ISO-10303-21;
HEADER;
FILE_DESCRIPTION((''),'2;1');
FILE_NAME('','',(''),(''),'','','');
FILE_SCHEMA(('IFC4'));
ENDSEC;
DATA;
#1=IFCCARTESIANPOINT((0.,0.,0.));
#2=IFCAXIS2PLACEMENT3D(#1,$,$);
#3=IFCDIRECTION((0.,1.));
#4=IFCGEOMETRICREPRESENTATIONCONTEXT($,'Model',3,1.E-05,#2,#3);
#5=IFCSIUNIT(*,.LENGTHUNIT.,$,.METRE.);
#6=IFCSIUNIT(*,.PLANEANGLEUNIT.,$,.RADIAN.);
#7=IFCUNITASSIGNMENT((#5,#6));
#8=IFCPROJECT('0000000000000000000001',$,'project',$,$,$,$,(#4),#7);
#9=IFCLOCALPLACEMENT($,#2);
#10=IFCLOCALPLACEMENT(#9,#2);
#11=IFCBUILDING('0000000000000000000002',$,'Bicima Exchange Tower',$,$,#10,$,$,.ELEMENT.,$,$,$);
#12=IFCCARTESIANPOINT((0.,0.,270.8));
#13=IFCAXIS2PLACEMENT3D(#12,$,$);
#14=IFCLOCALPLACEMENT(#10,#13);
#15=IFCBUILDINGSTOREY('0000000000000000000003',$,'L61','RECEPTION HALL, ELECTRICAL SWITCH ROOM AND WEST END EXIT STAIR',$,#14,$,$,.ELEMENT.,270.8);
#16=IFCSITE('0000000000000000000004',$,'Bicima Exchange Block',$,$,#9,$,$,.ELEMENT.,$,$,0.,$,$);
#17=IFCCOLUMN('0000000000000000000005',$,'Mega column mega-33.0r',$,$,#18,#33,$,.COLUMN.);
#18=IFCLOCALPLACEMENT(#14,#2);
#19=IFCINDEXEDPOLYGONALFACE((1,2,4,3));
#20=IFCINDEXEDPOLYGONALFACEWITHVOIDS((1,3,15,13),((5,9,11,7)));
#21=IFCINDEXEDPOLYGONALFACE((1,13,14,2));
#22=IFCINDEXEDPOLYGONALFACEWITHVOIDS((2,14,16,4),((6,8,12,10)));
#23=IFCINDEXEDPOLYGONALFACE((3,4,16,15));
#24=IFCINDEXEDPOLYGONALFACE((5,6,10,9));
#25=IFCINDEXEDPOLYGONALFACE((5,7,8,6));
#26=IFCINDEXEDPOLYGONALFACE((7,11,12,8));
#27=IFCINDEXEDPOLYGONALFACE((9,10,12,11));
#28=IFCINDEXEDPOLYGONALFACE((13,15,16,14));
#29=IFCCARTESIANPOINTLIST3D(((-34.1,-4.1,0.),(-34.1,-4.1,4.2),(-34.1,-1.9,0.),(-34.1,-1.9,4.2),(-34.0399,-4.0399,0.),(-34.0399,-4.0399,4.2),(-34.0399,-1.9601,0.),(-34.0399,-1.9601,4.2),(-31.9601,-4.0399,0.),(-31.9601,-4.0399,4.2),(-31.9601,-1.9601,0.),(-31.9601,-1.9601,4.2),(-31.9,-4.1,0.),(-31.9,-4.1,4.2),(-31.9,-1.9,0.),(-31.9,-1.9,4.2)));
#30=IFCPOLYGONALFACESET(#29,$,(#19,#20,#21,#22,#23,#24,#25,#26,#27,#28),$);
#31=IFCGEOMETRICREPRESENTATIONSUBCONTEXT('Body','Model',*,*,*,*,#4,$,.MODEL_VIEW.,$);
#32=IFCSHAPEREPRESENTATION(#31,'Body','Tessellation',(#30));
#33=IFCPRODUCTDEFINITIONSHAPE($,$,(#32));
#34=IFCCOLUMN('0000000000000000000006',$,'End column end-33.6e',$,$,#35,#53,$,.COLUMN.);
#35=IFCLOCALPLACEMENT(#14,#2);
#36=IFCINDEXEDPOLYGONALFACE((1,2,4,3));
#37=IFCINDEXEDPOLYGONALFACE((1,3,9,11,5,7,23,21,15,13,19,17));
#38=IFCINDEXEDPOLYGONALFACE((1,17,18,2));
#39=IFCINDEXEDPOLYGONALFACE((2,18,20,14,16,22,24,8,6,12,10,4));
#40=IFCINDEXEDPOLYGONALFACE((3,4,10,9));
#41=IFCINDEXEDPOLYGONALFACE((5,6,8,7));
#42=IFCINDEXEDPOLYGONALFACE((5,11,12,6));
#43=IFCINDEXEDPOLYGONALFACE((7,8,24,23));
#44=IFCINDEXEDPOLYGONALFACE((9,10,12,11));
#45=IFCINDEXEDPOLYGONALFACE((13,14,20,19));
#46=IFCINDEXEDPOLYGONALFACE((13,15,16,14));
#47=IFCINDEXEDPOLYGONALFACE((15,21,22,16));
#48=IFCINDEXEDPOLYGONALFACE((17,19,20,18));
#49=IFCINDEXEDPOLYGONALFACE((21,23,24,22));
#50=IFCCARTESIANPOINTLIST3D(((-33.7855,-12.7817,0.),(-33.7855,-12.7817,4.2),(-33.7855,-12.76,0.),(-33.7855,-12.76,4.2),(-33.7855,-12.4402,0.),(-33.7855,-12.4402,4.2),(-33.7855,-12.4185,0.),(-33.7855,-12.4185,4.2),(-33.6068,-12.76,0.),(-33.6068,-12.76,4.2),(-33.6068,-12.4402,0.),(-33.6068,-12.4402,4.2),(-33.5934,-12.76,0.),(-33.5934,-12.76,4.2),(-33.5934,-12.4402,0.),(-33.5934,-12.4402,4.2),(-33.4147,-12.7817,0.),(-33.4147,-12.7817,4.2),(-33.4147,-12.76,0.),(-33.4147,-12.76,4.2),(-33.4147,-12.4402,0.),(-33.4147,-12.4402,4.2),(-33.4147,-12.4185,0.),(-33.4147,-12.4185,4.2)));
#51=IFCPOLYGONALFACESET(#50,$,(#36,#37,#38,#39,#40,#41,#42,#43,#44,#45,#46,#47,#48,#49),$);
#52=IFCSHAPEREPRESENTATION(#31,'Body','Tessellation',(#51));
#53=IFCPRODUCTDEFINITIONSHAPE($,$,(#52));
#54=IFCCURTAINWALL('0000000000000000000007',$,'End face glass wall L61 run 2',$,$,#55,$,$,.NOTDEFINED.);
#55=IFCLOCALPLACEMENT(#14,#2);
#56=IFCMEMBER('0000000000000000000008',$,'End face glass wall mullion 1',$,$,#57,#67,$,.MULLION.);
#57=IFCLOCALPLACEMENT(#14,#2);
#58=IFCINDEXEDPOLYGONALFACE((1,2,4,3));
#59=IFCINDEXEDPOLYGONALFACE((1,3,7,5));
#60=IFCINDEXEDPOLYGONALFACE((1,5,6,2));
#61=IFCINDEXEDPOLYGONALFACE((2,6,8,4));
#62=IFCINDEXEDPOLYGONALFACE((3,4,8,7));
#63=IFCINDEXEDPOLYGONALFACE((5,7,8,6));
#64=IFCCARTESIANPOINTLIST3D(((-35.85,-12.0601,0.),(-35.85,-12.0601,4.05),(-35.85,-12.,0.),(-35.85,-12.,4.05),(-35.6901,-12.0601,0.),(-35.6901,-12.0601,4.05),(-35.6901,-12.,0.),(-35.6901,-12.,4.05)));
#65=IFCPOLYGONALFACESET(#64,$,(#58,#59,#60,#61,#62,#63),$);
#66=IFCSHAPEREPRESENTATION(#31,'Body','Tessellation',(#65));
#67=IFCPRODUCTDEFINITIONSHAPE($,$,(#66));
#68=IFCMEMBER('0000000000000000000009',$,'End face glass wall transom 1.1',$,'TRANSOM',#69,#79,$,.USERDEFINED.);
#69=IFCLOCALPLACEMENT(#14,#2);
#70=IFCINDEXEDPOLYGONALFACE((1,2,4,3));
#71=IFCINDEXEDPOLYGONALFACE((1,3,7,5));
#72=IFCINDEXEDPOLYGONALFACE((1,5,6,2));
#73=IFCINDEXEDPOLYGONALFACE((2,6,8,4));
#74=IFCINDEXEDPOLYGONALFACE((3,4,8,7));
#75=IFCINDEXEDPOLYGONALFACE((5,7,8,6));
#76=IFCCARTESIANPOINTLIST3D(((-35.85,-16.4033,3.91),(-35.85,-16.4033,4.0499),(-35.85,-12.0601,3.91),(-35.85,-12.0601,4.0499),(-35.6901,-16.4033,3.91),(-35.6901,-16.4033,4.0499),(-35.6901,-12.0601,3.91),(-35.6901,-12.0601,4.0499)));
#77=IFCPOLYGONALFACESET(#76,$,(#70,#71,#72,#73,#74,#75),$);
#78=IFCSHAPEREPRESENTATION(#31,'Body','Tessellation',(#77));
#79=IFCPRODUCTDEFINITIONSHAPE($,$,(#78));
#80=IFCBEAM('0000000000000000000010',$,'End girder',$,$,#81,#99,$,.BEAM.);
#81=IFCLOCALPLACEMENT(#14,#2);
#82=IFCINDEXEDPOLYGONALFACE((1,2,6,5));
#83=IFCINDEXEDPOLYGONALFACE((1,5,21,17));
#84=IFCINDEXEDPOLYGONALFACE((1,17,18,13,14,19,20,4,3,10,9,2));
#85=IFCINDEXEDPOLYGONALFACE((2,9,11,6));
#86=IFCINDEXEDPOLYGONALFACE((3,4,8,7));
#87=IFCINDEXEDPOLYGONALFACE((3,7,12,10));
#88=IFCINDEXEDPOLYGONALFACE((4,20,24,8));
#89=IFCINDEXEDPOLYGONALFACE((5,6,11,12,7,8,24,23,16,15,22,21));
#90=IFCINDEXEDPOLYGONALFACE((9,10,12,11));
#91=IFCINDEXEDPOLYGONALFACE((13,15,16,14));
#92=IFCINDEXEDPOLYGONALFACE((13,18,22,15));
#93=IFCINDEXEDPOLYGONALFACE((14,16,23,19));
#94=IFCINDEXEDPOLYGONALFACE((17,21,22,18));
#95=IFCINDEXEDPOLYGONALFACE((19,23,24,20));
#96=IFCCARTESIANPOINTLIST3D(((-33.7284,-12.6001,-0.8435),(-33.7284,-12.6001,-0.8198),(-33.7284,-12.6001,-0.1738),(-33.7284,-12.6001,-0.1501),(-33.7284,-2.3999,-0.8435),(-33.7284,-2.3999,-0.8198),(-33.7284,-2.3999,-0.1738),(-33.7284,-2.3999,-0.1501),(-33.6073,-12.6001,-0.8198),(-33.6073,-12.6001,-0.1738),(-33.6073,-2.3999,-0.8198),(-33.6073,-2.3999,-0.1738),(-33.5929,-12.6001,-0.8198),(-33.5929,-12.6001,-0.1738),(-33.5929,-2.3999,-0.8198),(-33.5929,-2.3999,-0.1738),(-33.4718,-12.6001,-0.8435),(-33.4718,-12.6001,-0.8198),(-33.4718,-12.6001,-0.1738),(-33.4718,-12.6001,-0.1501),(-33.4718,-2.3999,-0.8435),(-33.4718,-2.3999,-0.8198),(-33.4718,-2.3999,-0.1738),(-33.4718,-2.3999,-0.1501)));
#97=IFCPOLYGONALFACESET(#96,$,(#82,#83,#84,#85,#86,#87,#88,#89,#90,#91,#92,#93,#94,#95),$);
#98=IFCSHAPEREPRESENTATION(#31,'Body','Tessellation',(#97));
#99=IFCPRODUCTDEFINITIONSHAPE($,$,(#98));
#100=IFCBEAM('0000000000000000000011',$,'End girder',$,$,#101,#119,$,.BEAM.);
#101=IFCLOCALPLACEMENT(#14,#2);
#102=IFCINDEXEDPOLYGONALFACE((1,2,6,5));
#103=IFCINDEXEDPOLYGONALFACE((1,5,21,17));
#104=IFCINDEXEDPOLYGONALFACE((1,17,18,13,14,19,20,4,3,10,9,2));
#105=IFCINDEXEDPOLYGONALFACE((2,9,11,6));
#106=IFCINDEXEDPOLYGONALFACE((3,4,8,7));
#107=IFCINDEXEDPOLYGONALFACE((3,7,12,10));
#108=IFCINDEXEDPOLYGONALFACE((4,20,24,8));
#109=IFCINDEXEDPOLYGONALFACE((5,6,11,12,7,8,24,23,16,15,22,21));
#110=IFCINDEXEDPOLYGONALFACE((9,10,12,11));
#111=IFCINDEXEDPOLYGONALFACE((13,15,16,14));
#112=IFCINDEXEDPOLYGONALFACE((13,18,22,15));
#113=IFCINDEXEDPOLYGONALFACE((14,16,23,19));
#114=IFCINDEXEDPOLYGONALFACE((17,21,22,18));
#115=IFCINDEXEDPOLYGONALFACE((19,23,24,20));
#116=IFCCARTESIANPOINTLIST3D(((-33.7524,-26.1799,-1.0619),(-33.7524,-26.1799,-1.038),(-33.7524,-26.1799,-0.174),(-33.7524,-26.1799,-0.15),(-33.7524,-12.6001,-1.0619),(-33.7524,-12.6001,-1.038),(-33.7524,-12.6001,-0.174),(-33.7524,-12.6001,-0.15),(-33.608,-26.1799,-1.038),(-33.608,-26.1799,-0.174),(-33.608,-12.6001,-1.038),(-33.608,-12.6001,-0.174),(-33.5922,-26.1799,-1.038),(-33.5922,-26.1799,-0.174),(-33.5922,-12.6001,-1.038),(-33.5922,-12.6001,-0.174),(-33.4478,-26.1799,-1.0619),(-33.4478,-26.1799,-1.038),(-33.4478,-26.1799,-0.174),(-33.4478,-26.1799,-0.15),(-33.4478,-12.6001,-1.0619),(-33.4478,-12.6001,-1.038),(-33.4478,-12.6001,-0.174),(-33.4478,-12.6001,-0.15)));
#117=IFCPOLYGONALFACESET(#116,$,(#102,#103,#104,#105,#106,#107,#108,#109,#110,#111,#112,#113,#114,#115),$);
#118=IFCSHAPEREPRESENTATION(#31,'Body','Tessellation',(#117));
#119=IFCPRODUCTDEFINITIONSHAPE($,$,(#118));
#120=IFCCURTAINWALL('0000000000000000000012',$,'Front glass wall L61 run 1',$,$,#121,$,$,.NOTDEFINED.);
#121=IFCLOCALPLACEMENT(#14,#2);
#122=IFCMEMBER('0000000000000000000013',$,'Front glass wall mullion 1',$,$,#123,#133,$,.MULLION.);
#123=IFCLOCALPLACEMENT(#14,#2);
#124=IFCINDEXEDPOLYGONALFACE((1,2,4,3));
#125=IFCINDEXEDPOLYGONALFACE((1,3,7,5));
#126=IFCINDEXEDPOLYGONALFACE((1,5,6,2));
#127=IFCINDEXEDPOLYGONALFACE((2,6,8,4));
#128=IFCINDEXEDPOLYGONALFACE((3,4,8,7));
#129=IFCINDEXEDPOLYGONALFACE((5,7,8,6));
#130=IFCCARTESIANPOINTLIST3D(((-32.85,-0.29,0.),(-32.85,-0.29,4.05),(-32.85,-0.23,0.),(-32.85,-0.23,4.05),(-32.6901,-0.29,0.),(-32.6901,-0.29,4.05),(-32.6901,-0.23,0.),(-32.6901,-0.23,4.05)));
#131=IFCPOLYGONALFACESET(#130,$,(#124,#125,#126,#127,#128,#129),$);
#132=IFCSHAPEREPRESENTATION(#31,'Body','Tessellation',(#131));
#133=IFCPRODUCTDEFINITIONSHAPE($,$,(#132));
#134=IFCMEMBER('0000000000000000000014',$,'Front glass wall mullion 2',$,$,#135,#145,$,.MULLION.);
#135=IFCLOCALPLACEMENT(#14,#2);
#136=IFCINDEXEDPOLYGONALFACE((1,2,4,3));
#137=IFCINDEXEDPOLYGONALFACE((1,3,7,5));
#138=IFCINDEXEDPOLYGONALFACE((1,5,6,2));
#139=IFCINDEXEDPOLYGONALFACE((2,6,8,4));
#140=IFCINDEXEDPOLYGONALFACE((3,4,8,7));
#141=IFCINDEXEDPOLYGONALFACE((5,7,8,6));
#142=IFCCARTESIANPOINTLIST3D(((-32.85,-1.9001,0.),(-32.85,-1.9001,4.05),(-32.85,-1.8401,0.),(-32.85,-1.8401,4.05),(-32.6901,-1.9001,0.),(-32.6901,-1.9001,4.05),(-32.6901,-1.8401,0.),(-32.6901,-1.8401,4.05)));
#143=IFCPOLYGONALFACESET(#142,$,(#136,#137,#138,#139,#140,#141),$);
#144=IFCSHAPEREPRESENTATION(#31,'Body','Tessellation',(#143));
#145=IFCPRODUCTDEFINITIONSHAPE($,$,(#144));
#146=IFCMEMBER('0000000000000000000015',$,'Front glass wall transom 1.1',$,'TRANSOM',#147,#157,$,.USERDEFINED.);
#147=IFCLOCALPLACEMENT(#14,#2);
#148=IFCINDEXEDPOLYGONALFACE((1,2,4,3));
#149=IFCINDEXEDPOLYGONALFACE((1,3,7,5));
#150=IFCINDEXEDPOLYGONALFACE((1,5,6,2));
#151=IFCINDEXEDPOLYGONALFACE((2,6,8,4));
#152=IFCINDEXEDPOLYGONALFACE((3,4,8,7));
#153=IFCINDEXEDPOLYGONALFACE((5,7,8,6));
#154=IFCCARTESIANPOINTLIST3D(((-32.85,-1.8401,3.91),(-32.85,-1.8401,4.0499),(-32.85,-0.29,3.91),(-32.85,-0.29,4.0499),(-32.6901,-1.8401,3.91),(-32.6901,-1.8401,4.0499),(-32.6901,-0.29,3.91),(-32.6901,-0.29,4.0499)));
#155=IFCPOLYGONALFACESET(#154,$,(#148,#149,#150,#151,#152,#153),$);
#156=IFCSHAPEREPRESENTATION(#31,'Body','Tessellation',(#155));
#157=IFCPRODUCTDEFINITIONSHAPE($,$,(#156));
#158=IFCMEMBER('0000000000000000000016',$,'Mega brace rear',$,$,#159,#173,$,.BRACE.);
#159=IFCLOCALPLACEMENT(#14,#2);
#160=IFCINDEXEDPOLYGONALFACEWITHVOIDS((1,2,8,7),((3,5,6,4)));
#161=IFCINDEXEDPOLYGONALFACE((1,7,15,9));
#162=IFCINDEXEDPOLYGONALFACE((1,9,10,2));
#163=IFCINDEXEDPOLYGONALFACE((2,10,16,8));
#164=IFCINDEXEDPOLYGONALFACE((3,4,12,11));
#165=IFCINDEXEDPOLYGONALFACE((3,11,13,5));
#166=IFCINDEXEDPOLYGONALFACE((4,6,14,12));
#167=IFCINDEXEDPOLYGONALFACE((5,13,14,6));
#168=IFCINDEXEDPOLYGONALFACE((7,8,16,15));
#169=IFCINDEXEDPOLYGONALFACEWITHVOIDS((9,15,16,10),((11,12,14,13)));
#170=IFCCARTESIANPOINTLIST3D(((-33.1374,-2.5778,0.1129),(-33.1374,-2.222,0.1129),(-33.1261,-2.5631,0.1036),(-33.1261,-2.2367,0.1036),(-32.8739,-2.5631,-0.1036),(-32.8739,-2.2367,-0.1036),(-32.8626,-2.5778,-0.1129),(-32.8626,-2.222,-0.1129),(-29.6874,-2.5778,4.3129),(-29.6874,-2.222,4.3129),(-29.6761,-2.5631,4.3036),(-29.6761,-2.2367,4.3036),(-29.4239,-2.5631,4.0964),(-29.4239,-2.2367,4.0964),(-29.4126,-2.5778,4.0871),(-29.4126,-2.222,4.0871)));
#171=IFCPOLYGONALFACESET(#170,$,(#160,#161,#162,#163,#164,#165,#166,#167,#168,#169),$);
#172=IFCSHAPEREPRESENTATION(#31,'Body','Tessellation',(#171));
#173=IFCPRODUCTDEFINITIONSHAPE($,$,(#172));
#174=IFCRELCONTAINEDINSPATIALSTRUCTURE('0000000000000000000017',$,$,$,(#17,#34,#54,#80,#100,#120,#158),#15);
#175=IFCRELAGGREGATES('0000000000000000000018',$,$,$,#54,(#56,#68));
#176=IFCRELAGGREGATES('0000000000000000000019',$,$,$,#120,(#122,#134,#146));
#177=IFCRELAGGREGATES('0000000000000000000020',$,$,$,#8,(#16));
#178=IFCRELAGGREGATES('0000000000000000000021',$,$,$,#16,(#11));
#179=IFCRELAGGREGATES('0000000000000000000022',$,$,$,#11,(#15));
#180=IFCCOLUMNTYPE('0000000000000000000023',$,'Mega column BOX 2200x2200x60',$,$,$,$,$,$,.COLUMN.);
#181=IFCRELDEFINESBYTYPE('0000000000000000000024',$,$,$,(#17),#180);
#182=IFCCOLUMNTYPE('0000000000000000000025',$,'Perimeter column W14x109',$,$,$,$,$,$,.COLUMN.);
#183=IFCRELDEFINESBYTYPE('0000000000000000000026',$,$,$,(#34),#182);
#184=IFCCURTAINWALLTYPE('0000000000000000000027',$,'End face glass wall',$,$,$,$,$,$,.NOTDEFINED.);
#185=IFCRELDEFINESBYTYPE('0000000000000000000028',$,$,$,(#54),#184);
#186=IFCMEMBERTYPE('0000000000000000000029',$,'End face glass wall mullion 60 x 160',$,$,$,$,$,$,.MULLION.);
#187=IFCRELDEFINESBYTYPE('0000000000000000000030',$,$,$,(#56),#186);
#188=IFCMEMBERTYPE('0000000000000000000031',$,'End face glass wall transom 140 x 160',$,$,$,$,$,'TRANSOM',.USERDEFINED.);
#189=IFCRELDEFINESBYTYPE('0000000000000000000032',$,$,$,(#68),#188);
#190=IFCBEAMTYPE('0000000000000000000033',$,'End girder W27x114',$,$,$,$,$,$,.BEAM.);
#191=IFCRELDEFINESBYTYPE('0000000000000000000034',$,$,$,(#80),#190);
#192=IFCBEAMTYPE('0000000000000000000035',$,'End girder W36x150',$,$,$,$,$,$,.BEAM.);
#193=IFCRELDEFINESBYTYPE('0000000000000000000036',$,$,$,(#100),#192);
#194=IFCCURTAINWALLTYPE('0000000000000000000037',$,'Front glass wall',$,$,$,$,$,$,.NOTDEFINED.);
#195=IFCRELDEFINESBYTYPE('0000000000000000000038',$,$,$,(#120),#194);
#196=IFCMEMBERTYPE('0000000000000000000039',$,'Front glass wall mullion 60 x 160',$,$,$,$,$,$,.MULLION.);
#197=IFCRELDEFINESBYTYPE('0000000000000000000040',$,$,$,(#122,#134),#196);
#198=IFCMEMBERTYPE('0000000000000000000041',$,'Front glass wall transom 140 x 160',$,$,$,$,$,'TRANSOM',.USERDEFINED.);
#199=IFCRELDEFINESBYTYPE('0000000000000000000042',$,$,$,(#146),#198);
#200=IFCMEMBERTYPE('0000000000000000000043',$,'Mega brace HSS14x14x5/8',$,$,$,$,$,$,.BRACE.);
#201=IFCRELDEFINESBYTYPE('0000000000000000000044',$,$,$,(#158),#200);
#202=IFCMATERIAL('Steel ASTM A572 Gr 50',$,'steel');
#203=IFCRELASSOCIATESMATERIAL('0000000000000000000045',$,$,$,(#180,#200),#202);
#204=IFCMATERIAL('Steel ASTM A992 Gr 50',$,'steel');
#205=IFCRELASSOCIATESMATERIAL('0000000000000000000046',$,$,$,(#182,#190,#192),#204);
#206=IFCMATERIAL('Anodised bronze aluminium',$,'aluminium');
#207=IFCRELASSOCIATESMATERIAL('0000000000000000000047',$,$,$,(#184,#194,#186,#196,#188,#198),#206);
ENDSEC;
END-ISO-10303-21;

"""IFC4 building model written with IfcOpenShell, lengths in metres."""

from ifc_helpers import new_model, si_unit, direction, frame, origin, origin_2d, place, context, subcontext, project, spatial, rectangle, hollow_rectangle, i_section, extrude, material, material_profile, profile_set, type_object, element, aggregate, save


model = new_model("IFC4")

# Units and contexts
model_context = context("Model", 3, precision=1e-05, world=origin(), true_north=direction((0.0, 1.0)))
body_context = subcontext(model_context, "Body", "Model", "MODEL_VIEW")
ifc_project = project(units=[si_unit("LENGTHUNIT", "METRE"), si_unit("PLANEANGLEUNIT", "RADIAN")], contexts=[model_context])

# Site, building, storey
site_placement = place(None, origin())
site = spatial("IfcSite", under=ifc_project, at=site_placement, Name="Bicima Exchange Block", CompositionType="ELEMENT", RefElevation=0.0)
building_placement = place(site_placement, origin())
building = spatial("IfcBuilding", under=site, at=building_placement, Name="Bicima Exchange Tower", CompositionType="ELEMENT")
storey_placement = place(building_placement, frame((0.0, 0.0, 270.8)))
storey = spatial("IfcBuildingStorey", under=building, at=storey_placement, Name="L61", Description="RECEPTION HALL, ELECTRICAL SWITCH ROOM AND WEST END EXIT STAIR", CompositionType="ELEMENT", Elevation=270.8)

# Columns
ifc_material_1 = material(Name="Steel ASTM A572 Gr 50", Category="steel")
ifc_material_profile_1 = material_profile(ifc_material_1, hollow_rectangle(XDim=2.2, YDim=2.2, WallThickness=0.0601, at=origin_2d()))
ifc_profile_set_1 = profile_set([ifc_material_profile_1], Name="Steel ASTM A572 Gr 50")
column_type_1 = type_object("IfcColumnType", Name="Mega column BOX 2200x2200x60", PredefinedType="COLUMN", material=ifc_profile_set_1)
column_1_placement = place(storey_placement, frame((-33.0, -3.0, 0.0), z_axis=(0.0, 0.0, 1.0), x_axis=(1.0, 0.0, 0.0)))
element("IfcColumn", 1, at=column_1_placement, inside=storey, type_object=column_type_1, Name="Mega column mega-33.0r", PredefinedType="COLUMN", context=body_context, shape_type="SweptSolid", body=[
    extrude(hollow_rectangle(XDim=2.2, YDim=2.2, WallThickness=0.0601, at=origin_2d()), origin(), (0.0, 0.0, 1.0), 4.2),
])
ifc_material_2 = material(Name="Steel ASTM A992 Gr 50", Category="steel")
ifc_material_profile_2 = material_profile(ifc_material_2, i_section(OverallWidth=0.3708, OverallDepth=0.3633, WebThickness=0.0134, FlangeThickness=0.0217, at=origin_2d()))
ifc_profile_set_2 = profile_set([ifc_material_profile_2], Name="Steel ASTM A992 Gr 50")
column_type_2 = type_object("IfcColumnType", Name="Perimeter column W14x109", PredefinedType="COLUMN", material=ifc_profile_set_2)
column_2_placement = place(storey_placement, frame((-33.6001, -12.6001, 0.0), z_axis=(0.0, 0.0, 1.0), x_axis=(1.0, 0.0, 0.0)))
element("IfcColumn", 2, at=column_2_placement, inside=storey, type_object=column_type_2, Name="End column end-33.6e", PredefinedType="COLUMN", context=body_context, shape_type="SweptSolid", body=[
    extrude(i_section(OverallWidth=0.3708, OverallDepth=0.3633, WebThickness=0.0134, FlangeThickness=0.0217, at=origin_2d()), origin(), (0.0, 0.0, 1.0), 4.2),
])

# Curtain wall, members
ifc_material_3 = material(Name="Anodised bronze aluminium", Category="aluminium")
curtain_wall_type_1 = type_object("IfcCurtainWallType", Name="End face glass wall", PredefinedType="NOTDEFINED", material=ifc_material_3)
curtain_wall_1_placement = place(storey_placement, origin())
curtain_wall_1 = element("IfcCurtainWall", 3, at=curtain_wall_1_placement, inside=storey, type_object=curtain_wall_type_1, Name="End face glass wall L61 run 2", PredefinedType="NOTDEFINED")
ifc_material_profile_3 = material_profile(ifc_material_3, rectangle(XDim=0.1599, YDim=0.0601, at=origin_2d()))
ifc_profile_set_3 = profile_set([ifc_material_profile_3], Name="Anodised bronze aluminium")
member_type_1 = type_object("IfcMemberType", Name="End face glass wall mullion 60 x 160", PredefinedType="MULLION", material=ifc_profile_set_3)
member_1_placement = place(storey_placement, frame((-35.77, -12.03, 0.0), z_axis=(0.0, 0.0, 1.0), x_axis=(1.0, 0.0, 0.0)))
member_1 = element("IfcMember", 4, at=member_1_placement, type_object=member_type_1, Name="End face glass wall mullion 1", PredefinedType="MULLION", context=body_context, shape_type="SweptSolid", body=[
    extrude(rectangle(XDim=0.1599, YDim=0.0601, at=origin_2d()), origin(), (0.0, 0.0, 1.0), 4.05),
])
ifc_material_profile_4 = material_profile(ifc_material_3, rectangle(XDim=0.1599, YDim=0.1399, at=origin_2d()))
ifc_profile_set_4 = profile_set([ifc_material_profile_4], Name="Anodised bronze aluminium")
member_type_2 = type_object("IfcMemberType", Name="End face glass wall transom 140 x 160", ElementType="TRANSOM", PredefinedType="USERDEFINED", material=ifc_profile_set_4)
member_2_placement = place(storey_placement, frame((-35.77, -12.0601, 3.98), z_axis=(0.0, -1.0, 0.0), x_axis=(1.0, 0.0, 0.0)))
member_2 = element("IfcMember", 5, at=member_2_placement, type_object=member_type_2, Name="End face glass wall transom 1.1", ObjectType="TRANSOM", PredefinedType="USERDEFINED", context=body_context, shape_type="SweptSolid", body=[
    extrude(rectangle(XDim=0.1599, YDim=0.1399, at=origin_2d()), origin(), (0.0, 0.0, 1.0), 4.3433),
])
aggregate(curtain_wall_1, [member_1, member_2])

# Beams
ifc_material_profile_5 = material_profile(ifc_material_2, i_section(OverallWidth=0.2566, OverallDepth=0.6934, WebThickness=0.0144, FlangeThickness=0.0237, at=origin_2d()))
ifc_profile_set_5 = profile_set([ifc_material_profile_5], Name="Steel ASTM A992 Gr 50")
beam_type_1 = type_object("IfcBeamType", Name="End girder W27x114", PredefinedType="BEAM", material=ifc_profile_set_5)
beam_1_placement = place(storey_placement, frame((-33.6001, -2.3999, -0.4968), z_axis=(0.0, -1.0, 0.0), x_axis=(1.0, 0.0, 0.0)))
element("IfcBeam", 6, at=beam_1_placement, inside=storey, type_object=beam_type_1, Name="End girder", PredefinedType="BEAM", context=body_context, shape_type="SweptSolid", body=[
    extrude(i_section(OverallWidth=0.2566, OverallDepth=0.6934, WebThickness=0.0144, FlangeThickness=0.0237, at=origin_2d()), origin(), (0.0, 0.0, 1.0), 10.2002),
])
ifc_material_profile_6 = material_profile(ifc_material_2, i_section(OverallWidth=0.3047, OverallDepth=0.9119, WebThickness=0.0159, FlangeThickness=0.0239, at=origin_2d()))
ifc_profile_set_6 = profile_set([ifc_material_profile_6], Name="Steel ASTM A992 Gr 50")
beam_type_2 = type_object("IfcBeamType", Name="End girder W36x150", PredefinedType="BEAM", material=ifc_profile_set_6)
beam_2_placement = place(storey_placement, frame((-33.6001, -12.6001, -0.606), z_axis=(0.0, -1.0, 0.0), x_axis=(1.0, 0.0, 0.0)))
element("IfcBeam", 7, at=beam_2_placement, inside=storey, type_object=beam_type_2, Name="End girder", PredefinedType="BEAM", context=body_context, shape_type="SweptSolid", body=[
    extrude(i_section(OverallWidth=0.3047, OverallDepth=0.9119, WebThickness=0.0159, FlangeThickness=0.0239, at=origin_2d()), origin(), (0.0, 0.0, 1.0), 13.5798),
])

# Curtain wall, members
curtain_wall_type_2 = type_object("IfcCurtainWallType", Name="Front glass wall", PredefinedType="NOTDEFINED", material=ifc_material_3)
curtain_wall_2_placement = place(storey_placement, origin())
curtain_wall_2 = element("IfcCurtainWall", 8, at=curtain_wall_2_placement, inside=storey, type_object=curtain_wall_type_2, Name="Front glass wall L61 run 1", PredefinedType="NOTDEFINED")
member_type_3 = type_object("IfcMemberType", Name="Front glass wall mullion 60 x 160", PredefinedType="MULLION", material=ifc_profile_set_3)
member_3_placement = place(storey_placement, frame((-32.77, -0.26, 0.0), z_axis=(0.0, 0.0, 1.0), x_axis=(1.0, 0.0, 0.0)))
member_3 = element("IfcMember", 9, at=member_3_placement, type_object=member_type_3, Name="Front glass wall mullion 1", PredefinedType="MULLION", context=body_context, shape_type="SweptSolid", body=[
    extrude(rectangle(XDim=0.1599, YDim=0.0601, at=origin_2d()), origin(), (0.0, 0.0, 1.0), 4.05),
])
member_4_placement = place(storey_placement, frame((-32.77, -1.8701, 0.0), z_axis=(0.0, 0.0, 1.0), x_axis=(1.0, 0.0, 0.0)))
member_4 = element("IfcMember", 10, at=member_4_placement, type_object=member_type_3, Name="Front glass wall mullion 2", PredefinedType="MULLION", context=body_context, shape_type="SweptSolid", body=[
    extrude(rectangle(XDim=0.1599, YDim=0.0601, at=origin_2d()), origin(), (0.0, 0.0, 1.0), 4.05),
])
member_type_4 = type_object("IfcMemberType", Name="Front glass wall transom 140 x 160", ElementType="TRANSOM", PredefinedType="USERDEFINED", material=ifc_profile_set_4)
member_5_placement = place(storey_placement, frame((-32.77, -0.29, 3.98), z_axis=(0.0, -1.0, 0.0), x_axis=(1.0, 0.0, 0.0)))
member_5 = element("IfcMember", 11, at=member_5_placement, type_object=member_type_4, Name="Front glass wall transom 1.1", ObjectType="TRANSOM", PredefinedType="USERDEFINED", context=body_context, shape_type="SweptSolid", body=[
    extrude(rectangle(XDim=0.1599, YDim=0.1399, at=origin_2d()), origin(), (0.0, 0.0, 1.0), 1.55),
])

# Member
ifc_material_profile_7 = material_profile(ifc_material_1, hollow_rectangle(XDim=0.3557, YDim=0.3557, WallThickness=0.0146, at=origin_2d()))
ifc_profile_set_7 = profile_set([ifc_material_profile_7], Name="Steel ASTM A572 Gr 50")
member_type_5 = type_object("IfcMemberType", Name="Mega brace HSS14x14x5/8", PredefinedType="BRACE", material=ifc_profile_set_7)
member_6_placement = place(storey_placement, frame((-33.0, -2.3999, 0.0), z_axis=(0.634738, 0.0, 0.772727), x_axis=(0.0, 1.0, 0.0)))
element("IfcMember", 12, at=member_6_placement, inside=storey, type_object=member_type_5, Name="Mega brace rear", PredefinedType="BRACE", context=body_context, shape_type="SweptSolid", body=[
    extrude(hollow_rectangle(XDim=0.3557, YDim=0.3557, WallThickness=0.0146, at=origin_2d()), origin(), (0.0, 0.0, 1.0), 5.4353),
])

aggregate(curtain_wall_2, [member_3, member_4, member_5])

save(model, "model.ifc")
